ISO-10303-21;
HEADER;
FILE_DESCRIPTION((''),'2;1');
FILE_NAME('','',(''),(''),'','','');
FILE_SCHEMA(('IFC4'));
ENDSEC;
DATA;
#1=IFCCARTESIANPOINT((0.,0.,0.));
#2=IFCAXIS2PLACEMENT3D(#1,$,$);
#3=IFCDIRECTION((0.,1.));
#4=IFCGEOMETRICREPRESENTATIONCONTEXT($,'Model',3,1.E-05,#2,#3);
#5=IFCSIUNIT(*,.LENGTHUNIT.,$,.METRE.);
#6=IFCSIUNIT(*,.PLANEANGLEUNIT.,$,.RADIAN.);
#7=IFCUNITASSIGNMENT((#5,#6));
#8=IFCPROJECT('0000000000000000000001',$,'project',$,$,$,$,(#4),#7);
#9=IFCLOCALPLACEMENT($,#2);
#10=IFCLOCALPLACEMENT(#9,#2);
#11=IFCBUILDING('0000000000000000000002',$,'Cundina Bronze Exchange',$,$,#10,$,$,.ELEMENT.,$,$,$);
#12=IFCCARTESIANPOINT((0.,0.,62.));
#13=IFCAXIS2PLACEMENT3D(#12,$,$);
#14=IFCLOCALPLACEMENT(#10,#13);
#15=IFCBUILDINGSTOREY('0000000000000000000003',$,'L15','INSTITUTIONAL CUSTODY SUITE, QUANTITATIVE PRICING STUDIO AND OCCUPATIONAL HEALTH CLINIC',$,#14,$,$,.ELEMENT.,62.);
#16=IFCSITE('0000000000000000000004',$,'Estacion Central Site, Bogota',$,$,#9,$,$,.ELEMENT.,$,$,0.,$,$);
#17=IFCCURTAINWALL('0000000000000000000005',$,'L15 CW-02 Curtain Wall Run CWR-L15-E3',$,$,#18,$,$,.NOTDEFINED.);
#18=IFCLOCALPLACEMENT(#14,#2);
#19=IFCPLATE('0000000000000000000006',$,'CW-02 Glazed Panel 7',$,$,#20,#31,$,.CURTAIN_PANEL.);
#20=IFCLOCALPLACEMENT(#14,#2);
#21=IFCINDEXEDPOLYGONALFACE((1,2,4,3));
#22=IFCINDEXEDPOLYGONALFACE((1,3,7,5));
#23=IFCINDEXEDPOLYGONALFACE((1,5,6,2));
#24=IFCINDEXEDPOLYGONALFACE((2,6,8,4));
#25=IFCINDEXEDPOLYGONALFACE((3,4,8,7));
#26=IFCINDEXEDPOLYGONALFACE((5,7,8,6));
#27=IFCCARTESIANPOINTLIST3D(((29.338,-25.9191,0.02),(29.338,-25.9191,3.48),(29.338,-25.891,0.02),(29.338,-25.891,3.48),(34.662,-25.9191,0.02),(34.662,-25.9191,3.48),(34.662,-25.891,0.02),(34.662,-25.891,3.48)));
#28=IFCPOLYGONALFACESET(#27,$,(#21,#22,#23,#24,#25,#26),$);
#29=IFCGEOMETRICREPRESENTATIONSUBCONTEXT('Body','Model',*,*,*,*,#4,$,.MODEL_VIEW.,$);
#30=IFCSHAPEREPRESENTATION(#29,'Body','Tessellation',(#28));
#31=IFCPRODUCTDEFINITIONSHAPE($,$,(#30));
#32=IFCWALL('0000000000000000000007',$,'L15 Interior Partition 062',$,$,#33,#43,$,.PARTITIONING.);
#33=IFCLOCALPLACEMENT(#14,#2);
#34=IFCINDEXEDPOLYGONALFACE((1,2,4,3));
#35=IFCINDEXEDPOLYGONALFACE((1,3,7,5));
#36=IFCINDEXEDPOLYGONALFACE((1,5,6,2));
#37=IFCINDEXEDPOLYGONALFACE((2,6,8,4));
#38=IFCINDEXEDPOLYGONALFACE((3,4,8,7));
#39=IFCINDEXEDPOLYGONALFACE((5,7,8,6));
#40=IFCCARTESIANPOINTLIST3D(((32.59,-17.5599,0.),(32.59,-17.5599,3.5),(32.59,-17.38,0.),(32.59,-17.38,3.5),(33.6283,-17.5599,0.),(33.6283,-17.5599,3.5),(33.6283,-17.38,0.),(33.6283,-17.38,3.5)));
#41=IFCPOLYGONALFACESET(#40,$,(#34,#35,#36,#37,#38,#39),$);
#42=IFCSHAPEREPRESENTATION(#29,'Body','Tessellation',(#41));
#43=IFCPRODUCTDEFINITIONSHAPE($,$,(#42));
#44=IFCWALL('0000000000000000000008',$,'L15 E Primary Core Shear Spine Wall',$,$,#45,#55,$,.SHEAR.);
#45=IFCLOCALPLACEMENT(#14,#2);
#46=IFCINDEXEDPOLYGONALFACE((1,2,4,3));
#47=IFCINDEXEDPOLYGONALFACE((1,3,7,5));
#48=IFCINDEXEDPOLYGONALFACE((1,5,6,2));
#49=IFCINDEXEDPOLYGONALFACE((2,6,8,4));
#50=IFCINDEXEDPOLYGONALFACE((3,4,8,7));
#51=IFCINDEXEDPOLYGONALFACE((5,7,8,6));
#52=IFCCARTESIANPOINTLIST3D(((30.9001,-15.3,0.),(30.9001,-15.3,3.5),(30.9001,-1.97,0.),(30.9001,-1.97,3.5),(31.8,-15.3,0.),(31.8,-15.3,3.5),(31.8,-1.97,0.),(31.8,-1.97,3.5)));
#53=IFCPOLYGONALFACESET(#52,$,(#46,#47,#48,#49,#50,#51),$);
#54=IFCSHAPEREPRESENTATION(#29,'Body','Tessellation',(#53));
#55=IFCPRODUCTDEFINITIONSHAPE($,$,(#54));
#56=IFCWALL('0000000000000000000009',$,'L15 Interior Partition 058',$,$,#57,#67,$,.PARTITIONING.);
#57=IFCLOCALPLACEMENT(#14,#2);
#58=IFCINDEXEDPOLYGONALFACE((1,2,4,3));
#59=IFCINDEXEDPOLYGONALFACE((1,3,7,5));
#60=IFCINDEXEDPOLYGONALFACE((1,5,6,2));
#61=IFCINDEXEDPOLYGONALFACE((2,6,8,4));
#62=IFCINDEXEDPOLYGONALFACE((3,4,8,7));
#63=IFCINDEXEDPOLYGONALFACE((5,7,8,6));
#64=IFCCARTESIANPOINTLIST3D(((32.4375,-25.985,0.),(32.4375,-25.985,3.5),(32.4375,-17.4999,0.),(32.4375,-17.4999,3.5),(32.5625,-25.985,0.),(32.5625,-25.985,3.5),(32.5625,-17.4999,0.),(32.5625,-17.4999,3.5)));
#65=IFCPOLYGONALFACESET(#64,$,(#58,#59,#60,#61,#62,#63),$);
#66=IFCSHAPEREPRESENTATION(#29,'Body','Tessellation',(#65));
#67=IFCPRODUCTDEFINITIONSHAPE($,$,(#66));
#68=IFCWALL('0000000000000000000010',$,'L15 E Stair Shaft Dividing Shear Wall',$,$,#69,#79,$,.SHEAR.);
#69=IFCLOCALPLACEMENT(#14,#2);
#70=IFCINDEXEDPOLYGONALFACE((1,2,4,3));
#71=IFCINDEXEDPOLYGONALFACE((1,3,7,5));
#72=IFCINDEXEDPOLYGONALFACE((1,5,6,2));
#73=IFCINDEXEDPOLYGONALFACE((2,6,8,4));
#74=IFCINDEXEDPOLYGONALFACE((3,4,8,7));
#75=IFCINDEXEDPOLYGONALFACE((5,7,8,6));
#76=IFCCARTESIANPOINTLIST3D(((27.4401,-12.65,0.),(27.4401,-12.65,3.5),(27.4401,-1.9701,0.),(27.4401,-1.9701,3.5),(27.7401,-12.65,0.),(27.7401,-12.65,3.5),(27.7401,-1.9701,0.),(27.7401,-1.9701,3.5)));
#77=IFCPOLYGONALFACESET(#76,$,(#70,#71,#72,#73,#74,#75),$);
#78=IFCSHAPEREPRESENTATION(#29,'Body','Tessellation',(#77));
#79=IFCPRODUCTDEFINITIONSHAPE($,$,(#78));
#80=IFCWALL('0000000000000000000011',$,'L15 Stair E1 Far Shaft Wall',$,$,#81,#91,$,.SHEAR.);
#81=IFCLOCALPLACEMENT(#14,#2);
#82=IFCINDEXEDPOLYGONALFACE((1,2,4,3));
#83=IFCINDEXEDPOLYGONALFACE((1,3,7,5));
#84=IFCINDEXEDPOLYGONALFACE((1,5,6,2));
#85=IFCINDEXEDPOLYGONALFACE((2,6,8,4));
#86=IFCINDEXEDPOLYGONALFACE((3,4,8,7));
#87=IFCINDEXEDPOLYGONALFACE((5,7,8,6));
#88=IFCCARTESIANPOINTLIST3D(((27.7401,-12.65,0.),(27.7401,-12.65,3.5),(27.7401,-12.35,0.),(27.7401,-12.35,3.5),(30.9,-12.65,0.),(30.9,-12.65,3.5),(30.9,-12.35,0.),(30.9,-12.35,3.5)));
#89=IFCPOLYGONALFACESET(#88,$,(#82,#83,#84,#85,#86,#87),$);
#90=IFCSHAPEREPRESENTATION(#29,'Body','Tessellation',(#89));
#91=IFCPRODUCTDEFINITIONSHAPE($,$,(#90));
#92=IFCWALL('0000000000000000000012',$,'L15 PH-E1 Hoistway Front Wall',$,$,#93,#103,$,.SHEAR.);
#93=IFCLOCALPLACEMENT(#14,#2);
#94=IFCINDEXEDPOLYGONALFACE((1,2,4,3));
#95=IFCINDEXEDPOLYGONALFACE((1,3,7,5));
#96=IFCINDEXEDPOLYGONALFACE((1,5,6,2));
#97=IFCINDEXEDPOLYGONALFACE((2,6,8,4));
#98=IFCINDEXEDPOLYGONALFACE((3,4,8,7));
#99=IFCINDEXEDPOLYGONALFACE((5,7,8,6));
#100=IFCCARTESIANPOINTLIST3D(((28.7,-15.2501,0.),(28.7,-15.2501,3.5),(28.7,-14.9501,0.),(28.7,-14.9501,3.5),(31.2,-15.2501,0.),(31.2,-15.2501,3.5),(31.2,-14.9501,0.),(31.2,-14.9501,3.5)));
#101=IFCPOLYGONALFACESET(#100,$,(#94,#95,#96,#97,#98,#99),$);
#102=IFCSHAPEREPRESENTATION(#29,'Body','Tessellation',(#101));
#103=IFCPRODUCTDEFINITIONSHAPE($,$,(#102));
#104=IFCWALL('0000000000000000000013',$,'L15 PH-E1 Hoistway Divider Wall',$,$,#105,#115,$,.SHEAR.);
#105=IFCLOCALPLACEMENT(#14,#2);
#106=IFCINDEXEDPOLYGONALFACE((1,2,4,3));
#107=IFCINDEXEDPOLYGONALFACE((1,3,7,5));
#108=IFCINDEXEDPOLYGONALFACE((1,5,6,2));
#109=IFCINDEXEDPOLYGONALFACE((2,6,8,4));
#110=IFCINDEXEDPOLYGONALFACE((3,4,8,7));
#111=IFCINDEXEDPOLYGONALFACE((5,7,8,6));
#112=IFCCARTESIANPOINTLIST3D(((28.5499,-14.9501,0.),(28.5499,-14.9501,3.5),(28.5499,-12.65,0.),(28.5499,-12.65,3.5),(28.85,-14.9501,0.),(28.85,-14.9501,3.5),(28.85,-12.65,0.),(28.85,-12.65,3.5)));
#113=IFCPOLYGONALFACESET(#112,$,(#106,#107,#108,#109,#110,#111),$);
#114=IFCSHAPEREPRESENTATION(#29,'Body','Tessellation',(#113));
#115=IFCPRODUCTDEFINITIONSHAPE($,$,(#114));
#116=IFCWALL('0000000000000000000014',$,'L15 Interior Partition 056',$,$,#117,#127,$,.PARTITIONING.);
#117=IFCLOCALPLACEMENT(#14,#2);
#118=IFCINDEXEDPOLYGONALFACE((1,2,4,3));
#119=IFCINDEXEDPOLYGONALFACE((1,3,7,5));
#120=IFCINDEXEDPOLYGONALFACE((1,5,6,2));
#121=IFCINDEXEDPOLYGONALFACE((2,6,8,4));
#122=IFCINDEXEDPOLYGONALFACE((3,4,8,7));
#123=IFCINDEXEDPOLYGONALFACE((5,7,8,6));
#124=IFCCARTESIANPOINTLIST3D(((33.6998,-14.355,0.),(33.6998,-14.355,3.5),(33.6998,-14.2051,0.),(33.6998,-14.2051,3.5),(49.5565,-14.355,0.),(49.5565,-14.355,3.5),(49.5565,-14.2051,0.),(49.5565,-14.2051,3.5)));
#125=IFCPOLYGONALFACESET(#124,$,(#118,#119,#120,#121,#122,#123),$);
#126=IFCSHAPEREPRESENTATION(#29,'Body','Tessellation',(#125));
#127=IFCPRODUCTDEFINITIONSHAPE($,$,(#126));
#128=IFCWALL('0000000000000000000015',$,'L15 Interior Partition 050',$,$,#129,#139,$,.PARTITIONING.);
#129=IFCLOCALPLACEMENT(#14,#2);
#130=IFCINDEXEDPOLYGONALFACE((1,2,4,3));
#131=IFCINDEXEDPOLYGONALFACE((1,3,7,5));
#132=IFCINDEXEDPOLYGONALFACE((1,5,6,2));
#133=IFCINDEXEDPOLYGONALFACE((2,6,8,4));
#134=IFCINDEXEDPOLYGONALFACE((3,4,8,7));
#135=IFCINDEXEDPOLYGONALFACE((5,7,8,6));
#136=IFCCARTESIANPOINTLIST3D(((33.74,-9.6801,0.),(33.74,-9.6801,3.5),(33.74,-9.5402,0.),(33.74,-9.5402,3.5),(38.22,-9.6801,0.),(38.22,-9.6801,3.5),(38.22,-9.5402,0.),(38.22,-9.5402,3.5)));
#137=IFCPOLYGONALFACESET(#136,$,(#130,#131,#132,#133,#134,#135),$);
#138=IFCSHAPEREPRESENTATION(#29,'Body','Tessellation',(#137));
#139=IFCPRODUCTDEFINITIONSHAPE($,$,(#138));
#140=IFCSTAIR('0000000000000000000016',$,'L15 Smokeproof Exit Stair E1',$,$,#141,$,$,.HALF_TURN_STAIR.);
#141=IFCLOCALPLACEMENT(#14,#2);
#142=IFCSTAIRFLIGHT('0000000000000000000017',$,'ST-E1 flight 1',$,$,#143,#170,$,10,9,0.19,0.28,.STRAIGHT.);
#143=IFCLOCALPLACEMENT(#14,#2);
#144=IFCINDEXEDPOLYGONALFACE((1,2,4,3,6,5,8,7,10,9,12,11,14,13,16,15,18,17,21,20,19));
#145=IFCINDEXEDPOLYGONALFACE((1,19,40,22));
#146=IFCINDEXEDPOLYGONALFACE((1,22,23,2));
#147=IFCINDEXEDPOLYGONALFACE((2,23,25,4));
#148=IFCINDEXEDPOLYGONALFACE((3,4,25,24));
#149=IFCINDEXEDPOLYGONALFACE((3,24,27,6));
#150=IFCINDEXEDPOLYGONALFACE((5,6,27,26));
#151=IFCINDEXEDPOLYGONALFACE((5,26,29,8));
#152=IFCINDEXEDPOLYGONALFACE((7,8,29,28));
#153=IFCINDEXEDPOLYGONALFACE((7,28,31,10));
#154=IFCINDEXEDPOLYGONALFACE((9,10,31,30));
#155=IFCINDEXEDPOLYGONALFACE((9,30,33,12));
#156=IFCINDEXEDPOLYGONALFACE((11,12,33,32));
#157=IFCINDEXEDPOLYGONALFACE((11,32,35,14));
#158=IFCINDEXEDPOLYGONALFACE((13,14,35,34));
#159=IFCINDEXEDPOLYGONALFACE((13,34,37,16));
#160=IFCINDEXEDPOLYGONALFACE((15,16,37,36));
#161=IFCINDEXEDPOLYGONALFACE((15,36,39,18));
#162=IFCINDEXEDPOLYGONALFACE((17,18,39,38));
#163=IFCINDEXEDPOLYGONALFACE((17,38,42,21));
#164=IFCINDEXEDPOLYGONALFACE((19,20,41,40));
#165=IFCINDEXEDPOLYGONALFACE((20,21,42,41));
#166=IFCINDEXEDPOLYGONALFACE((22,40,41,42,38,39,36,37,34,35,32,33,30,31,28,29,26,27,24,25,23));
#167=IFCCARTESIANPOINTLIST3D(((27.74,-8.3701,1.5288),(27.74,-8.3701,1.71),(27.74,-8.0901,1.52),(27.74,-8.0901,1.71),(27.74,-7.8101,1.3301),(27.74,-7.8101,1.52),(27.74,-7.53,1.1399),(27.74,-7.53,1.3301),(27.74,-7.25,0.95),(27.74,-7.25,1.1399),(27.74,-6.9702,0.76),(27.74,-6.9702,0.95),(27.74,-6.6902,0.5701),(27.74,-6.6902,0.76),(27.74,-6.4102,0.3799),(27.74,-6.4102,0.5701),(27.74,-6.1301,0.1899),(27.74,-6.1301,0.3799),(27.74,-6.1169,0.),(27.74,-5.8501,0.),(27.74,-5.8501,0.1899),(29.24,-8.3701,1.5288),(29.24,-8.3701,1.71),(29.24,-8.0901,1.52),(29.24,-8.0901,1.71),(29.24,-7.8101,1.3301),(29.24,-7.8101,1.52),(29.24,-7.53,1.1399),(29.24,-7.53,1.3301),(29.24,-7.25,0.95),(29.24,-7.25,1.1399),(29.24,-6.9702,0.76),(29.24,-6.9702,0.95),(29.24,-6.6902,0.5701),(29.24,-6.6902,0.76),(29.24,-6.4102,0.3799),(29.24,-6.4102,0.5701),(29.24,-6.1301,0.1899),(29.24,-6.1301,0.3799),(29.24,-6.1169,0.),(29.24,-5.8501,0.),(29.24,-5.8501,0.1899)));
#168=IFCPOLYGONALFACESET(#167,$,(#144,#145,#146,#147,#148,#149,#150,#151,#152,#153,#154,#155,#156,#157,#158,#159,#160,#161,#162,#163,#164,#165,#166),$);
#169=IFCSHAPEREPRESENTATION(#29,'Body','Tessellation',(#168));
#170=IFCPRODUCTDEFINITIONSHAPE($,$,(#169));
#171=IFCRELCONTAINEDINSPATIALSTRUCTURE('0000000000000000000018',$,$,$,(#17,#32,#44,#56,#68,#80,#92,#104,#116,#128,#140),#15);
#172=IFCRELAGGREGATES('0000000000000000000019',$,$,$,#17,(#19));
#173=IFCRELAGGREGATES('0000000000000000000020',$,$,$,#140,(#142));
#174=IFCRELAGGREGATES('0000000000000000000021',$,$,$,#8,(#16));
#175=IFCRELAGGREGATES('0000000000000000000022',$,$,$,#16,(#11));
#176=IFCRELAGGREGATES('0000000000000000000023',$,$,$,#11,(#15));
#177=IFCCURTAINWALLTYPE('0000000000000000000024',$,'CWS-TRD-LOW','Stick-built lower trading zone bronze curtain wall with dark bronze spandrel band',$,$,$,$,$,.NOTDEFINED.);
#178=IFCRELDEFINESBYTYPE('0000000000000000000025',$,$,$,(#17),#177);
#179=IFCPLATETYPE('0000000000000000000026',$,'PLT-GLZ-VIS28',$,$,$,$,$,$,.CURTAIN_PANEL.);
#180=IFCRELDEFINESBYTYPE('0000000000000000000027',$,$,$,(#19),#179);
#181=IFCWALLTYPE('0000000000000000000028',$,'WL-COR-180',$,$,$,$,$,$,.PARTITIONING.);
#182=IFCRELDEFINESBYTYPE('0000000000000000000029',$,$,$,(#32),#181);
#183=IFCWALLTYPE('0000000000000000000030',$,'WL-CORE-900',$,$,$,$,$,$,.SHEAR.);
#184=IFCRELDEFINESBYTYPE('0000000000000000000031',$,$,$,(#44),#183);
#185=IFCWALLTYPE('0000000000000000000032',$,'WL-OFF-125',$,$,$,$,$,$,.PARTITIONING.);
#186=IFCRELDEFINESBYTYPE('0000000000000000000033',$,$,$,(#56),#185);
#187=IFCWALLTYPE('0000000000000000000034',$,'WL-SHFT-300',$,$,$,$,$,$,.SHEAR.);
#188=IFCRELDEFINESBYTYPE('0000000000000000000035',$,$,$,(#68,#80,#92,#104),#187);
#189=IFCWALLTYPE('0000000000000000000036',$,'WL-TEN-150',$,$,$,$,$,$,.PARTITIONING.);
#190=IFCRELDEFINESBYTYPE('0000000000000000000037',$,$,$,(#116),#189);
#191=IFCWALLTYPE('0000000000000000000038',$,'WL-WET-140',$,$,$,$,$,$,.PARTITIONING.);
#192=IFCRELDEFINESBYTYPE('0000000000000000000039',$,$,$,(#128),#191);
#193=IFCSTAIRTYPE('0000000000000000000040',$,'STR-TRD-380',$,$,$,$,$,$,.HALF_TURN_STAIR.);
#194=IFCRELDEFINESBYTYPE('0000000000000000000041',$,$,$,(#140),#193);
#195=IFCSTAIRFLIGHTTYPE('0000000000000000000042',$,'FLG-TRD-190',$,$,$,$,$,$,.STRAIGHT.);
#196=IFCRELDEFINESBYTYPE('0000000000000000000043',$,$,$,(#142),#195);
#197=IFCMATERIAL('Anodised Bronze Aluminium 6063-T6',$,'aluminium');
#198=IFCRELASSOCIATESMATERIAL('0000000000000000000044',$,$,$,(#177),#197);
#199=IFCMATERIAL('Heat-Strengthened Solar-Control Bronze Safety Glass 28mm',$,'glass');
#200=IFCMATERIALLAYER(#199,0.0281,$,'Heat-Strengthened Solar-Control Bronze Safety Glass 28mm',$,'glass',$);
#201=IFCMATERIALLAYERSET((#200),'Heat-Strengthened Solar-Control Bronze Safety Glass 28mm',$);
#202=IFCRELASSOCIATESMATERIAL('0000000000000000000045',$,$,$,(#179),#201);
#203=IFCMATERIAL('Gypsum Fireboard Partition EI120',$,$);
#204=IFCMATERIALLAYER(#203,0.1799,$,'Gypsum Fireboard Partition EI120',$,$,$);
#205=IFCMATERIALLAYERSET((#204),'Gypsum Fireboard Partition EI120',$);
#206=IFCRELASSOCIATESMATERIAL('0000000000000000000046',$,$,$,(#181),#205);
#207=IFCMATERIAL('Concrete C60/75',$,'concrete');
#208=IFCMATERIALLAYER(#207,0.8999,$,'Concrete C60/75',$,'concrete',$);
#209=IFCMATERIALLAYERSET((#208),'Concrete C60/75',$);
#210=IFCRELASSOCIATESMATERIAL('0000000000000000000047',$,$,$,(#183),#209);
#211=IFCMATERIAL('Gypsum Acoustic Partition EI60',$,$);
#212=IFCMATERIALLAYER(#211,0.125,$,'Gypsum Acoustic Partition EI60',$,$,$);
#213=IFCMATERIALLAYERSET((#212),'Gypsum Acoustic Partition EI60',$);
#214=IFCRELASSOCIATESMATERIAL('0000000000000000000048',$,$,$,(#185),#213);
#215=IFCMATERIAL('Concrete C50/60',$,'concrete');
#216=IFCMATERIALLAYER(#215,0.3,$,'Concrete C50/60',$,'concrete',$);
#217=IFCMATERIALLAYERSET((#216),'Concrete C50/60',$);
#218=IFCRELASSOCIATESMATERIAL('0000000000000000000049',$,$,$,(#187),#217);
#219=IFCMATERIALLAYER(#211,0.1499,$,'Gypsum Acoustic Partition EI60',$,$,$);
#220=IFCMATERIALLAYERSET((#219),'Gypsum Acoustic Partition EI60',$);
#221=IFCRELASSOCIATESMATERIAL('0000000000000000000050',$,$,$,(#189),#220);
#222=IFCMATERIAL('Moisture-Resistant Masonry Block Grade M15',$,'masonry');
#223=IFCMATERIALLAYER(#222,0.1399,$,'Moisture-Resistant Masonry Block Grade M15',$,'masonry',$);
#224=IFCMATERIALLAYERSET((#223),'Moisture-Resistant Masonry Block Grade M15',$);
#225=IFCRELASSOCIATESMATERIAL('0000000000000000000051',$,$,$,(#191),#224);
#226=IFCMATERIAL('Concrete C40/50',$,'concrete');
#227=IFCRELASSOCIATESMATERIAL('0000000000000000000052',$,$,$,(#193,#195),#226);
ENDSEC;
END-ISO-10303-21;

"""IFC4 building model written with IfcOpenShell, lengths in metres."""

from ifc_helpers import new_model, si_unit, direction, frame, frame_2d, origin, origin_2d, place, context, subcontext, project, spatial, polyline, rectangle, outline, extrude, material, layer, layer_set, type_object, element, aggregate, save


model = new_model("IFC4")

# Units and contexts
model_context = context("Model", 3, precision=1e-05, world=origin(), true_north=direction((0.0, 1.0)))
body_context = subcontext(model_context, "Body", "Model", "MODEL_VIEW")
ifc_project = project(units=[si_unit("LENGTHUNIT", "METRE"), si_unit("PLANEANGLEUNIT", "RADIAN")], contexts=[model_context])

# Site, building, storey
site_placement = place(None, origin())
site = spatial("IfcSite", under=ifc_project, at=site_placement, Name="Estacion Central Site, Bogota", CompositionType="ELEMENT", RefElevation=0.0)
building_placement = place(site_placement, origin())
building = spatial("IfcBuilding", under=site, at=building_placement, Name="Cundina Bronze Exchange", CompositionType="ELEMENT")
storey_placement = place(building_placement, frame((0.0, 0.0, 62.0)))
storey = spatial("IfcBuildingStorey", under=building, at=storey_placement, Name="L15", Description="INSTITUTIONAL CUSTODY SUITE, QUANTITATIVE PRICING STUDIO AND OCCUPATIONAL HEALTH CLINIC", CompositionType="ELEMENT", Elevation=62.0)

# Shared definitions
ifc_material_1 = material(Name="Concrete C60/75", Category="concrete")

# Curtain wall, plate
ifc_material_2 = material(Name="Anodised Bronze Aluminium 6063-T6", Category="aluminium")
curtain_wall_type = type_object("IfcCurtainWallType", Name="CWS-TRD-LOW", Description="Stick-built lower trading zone bronze curtain wall with dark bronze spandrel band", PredefinedType="NOTDEFINED", material=ifc_material_2)
curtain_wall_placement = place(storey_placement, origin())
curtain_wall = element("IfcCurtainWall", 1, at=curtain_wall_placement, inside=storey, type_object=curtain_wall_type, Name="L15 CW-02 Curtain Wall Run CWR-L15-E3", PredefinedType="NOTDEFINED")
ifc_material_3 = material(Name="Heat-Strengthened Solar-Control Bronze Safety Glass 28mm", Category="glass")
ifc_layer_1 = layer(ifc_material_3, 0.0281, Name="Heat-Strengthened Solar-Control Bronze Safety Glass 28mm", Category="glass")
ifc_layer_set_1 = layer_set([ifc_layer_1], Name="Heat-Strengthened Solar-Control Bronze Safety Glass 28mm")
plate_type = type_object("IfcPlateType", Name="PLT-GLZ-VIS28", PredefinedType="CURTAIN_PANEL", material=ifc_layer_set_1)
plate_placement = place(storey_placement, frame((32.0, -25.905, 0.02), z_axis=(0.0, 0.0, 1.0), x_axis=(1.0, 0.0, 0.0)))
plate = element("IfcPlate", 2, at=plate_placement, type_object=plate_type, Name="CW-02 Glazed Panel 7", PredefinedType="CURTAIN_PANEL", context=body_context, shape_type="SweptSolid", body=[
    extrude(rectangle(XDim=5.324, YDim=0.0281, at=origin_2d()), origin(), (0.0, 0.0, 1.0), 3.46),
])
aggregate(curtain_wall, [plate])

# Shared definitions
ifc_material_4 = material(Name="Gypsum Fireboard Partition EI120")
ifc_layer_2 = layer(ifc_material_4, 0.1799, Name="Gypsum Fireboard Partition EI120")
ifc_layer_set_2 = layer_set([ifc_layer_2], Name="Gypsum Fireboard Partition EI120")
wall_type_1 = type_object("IfcWallType", Name="WL-COR-180", PredefinedType="PARTITIONING", material=ifc_layer_set_2)

# Wall
wall_1_placement = place(storey_placement, frame((32.5901, -17.47, 0.0), z_axis=(0.0, 0.0, 1.0), x_axis=(1.0, 0.0, 0.0)))
element("IfcWall", 3, at=wall_1_placement, inside=storey, type_object=wall_type_1, Name="L15 Interior Partition 062", PredefinedType="PARTITIONING", context=body_context, shape_type="SweptSolid", body=[
    extrude(rectangle(XDim=1.0383, YDim=0.1799, at=frame_2d((0.519, 0.0))), origin(), (0.0, 0.0, 1.0), 3.5),
])

# Walls
ifc_layer_3 = layer(ifc_material_1, 0.8999, Name="Concrete C60/75", Category="concrete")
ifc_layer_set_3 = layer_set([ifc_layer_3], Name="Concrete C60/75")
wall_type_2 = type_object("IfcWallType", Name="WL-CORE-900", PredefinedType="SHEAR", material=ifc_layer_set_3)
wall_2_placement = place(storey_placement, frame((31.3501, -15.3, 0.0), z_axis=(0.0, 0.0, 1.0), x_axis=(0.0, 1.0, 0.0)))
element("IfcWall", 4, at=wall_2_placement, inside=storey, type_object=wall_type_2, Name="L15 E Primary Core Shear Spine Wall", PredefinedType="SHEAR", context=body_context, shape_type="SweptSolid", body=[
    extrude(rectangle(XDim=13.3301, YDim=0.8999, at=frame_2d((6.665, 0.0))), origin(), (0.0, 0.0, 1.0), 3.5),
])
ifc_material_5 = material(Name="Gypsum Acoustic Partition EI60")
ifc_layer_4 = layer(ifc_material_5, 0.125, Name="Gypsum Acoustic Partition EI60")
ifc_layer_set_4 = layer_set([ifc_layer_4], Name="Gypsum Acoustic Partition EI60")
wall_type_3 = type_object("IfcWallType", Name="WL-OFF-125", PredefinedType="PARTITIONING", material=ifc_layer_set_4)
wall_3_placement = place(storey_placement, frame((32.5, -25.9851, 0.0), z_axis=(0.0, 0.0, 1.0), x_axis=(0.0, 1.0, 0.0)))
element("IfcWall", 5, at=wall_3_placement, inside=storey, type_object=wall_type_3, Name="L15 Interior Partition 058", PredefinedType="PARTITIONING", context=body_context, shape_type="SweptSolid", body=[
    extrude(rectangle(XDim=8.4851, YDim=0.125, at=frame_2d((4.2427, 0.0))), origin(), (0.0, 0.0, 1.0), 3.5),
])
ifc_material_6 = material(Name="Concrete C50/60", Category="concrete")
ifc_layer_5 = layer(ifc_material_6, 0.3, Name="Concrete C50/60", Category="concrete")
ifc_layer_set_5 = layer_set([ifc_layer_5], Name="Concrete C50/60")
wall_type_4 = type_object("IfcWallType", Name="WL-SHFT-300", PredefinedType="SHEAR", material=ifc_layer_set_5)
wall_4_placement = place(storey_placement, frame((27.5901, -12.6499, 0.0), z_axis=(0.0, 0.0, 1.0), x_axis=(0.0, 1.0, 0.0)))
element("IfcWall", 6, at=wall_4_placement, inside=storey, type_object=wall_type_4, Name="L15 E Stair Shaft Dividing Shear Wall", PredefinedType="SHEAR", context=body_context, shape_type="SweptSolid", body=[
    extrude(rectangle(XDim=10.6799, YDim=0.3, at=frame_2d((5.3398, 0.0))), origin(), (0.0, 0.0, 1.0), 3.5),
])
wall_5_placement = place(storey_placement, frame((27.74, -12.5, 0.0), z_axis=(0.0, 0.0, 1.0), x_axis=(1.0, 0.0, 0.0)))
element("IfcWall", 7, at=wall_5_placement, inside=storey, type_object=wall_type_4, Name="L15 Stair E1 Far Shaft Wall", PredefinedType="SHEAR", context=body_context, shape_type="SweptSolid", body=[
    extrude(rectangle(XDim=3.1599, YDim=0.3, at=frame_2d((1.5801, 0.0))), origin(), (0.0, 0.0, 1.0), 3.5),
])
wall_6_placement = place(storey_placement, frame((28.7, -15.1001, 0.0), z_axis=(0.0, 0.0, 1.0), x_axis=(1.0, 0.0, 0.0)))
element("IfcWall", 8, at=wall_6_placement, inside=storey, type_object=wall_type_4, Name="L15 PH-E1 Hoistway Front Wall", PredefinedType="SHEAR", context=body_context, shape_type="SweptSolid", body=[
    extrude(rectangle(XDim=2.5, YDim=0.3, at=frame_2d((1.25, 0.0))), origin(), (0.0, 0.0, 1.0), 3.5),
])
wall_7_placement = place(storey_placement, frame((28.7, -14.95, 0.0), z_axis=(0.0, 0.0, 1.0), x_axis=(0.0, 1.0, 0.0)))
element("IfcWall", 9, at=wall_7_placement, inside=storey, type_object=wall_type_4, Name="L15 PH-E1 Hoistway Divider Wall", PredefinedType="SHEAR", context=body_context, shape_type="SweptSolid", body=[
    extrude(rectangle(XDim=2.3, YDim=0.3, at=frame_2d((1.1499, 0.0))), origin(), (0.0, 0.0, 1.0), 3.5),
])
ifc_layer_6 = layer(ifc_material_5, 0.1499, Name="Gypsum Acoustic Partition EI60")
ifc_layer_set_6 = layer_set([ifc_layer_6], Name="Gypsum Acoustic Partition EI60")
wall_type_5 = type_object("IfcWallType", Name="WL-TEN-150", PredefinedType="PARTITIONING", material=ifc_layer_set_6)
wall_8_placement = place(storey_placement, frame((33.7, -14.28, 0.0), z_axis=(0.0, 0.0, 1.0), x_axis=(1.0, 0.0, 0.0)))
element("IfcWall", 10, at=wall_8_placement, inside=storey, type_object=wall_type_5, Name="L15 Interior Partition 056", PredefinedType="PARTITIONING", context=body_context, shape_type="SweptSolid", body=[
    extrude(rectangle(XDim=15.8567, YDim=0.1499, at=frame_2d((7.9282, 0.0))), origin(), (0.0, 0.0, 1.0), 3.5),
])
ifc_material_7 = material(Name="Moisture-Resistant Masonry Block Grade M15", Category="masonry")
ifc_layer_7 = layer(ifc_material_7, 0.1399, Name="Moisture-Resistant Masonry Block Grade M15", Category="masonry")
ifc_layer_set_7 = layer_set([ifc_layer_7], Name="Moisture-Resistant Masonry Block Grade M15")
wall_type_6 = type_object("IfcWallType", Name="WL-WET-140", PredefinedType="PARTITIONING", material=ifc_layer_set_7)
wall_9_placement = place(storey_placement, frame((33.74, -9.6101, 0.0), z_axis=(0.0, 0.0, 1.0), x_axis=(1.0, 0.0, 0.0)))
element("IfcWall", 11, at=wall_9_placement, inside=storey, type_object=wall_type_6, Name="L15 Interior Partition 050", PredefinedType="PARTITIONING", context=body_context, shape_type="SweptSolid", body=[
    extrude(rectangle(XDim=4.48, YDim=0.1399, at=frame_2d((2.24, 0.0))), origin(), (0.0, 0.0, 1.0), 3.5),
])

# Stair, stair flight
ifc_material_8 = material(Name="Concrete C40/50", Category="concrete")
stair_type = type_object("IfcStairType", Name="STR-TRD-380", PredefinedType="HALF_TURN_STAIR", material=ifc_material_8)
stair_placement = place(storey_placement, origin())
stair = element("IfcStair", 12, at=stair_placement, inside=storey, type_object=stair_type, Name="L15 Smokeproof Exit Stair E1", PredefinedType="HALF_TURN_STAIR")
stair_flight_type = type_object("IfcStairFlightType", Name="FLG-TRD-190", PredefinedType="STRAIGHT", material=ifc_material_8)
stair_flight_1_placement = place(storey_placement, frame((28.49, -5.8501, 0.0), z_axis=(0.0, 0.0, 1.0), x_axis=(0.0, -1.0, 0.0)))
stair_flight_1 = element("IfcStairFlight", 13, at=stair_flight_1_placement, type_object=stair_flight_type, Name="ST-E1 flight 1", NumberOfRisers=10, NumberOfTreads=9, PredefinedType="STRAIGHT", RiserHeight=0.19, TreadLength=0.28, context=body_context, shape_type="SweptSolid", body=[
    extrude(outline(polyline([(0.0, 0.0), (0.0, 0.1899), (0.28, 0.1899), (0.28, 0.3799), (0.5601, 0.3799), (0.5601, 0.5701), (0.8401, 0.5701), (0.8401, 0.76), (1.1201, 0.76), (1.1201, 0.95), (1.3999, 0.95), (1.3999, 1.1399), (1.6799, 1.1399), (1.6799, 1.3301), (1.96, 1.3301), (1.96, 1.52), (2.24, 1.52), (2.24, 1.71), (2.52, 1.71), (2.52, 1.8999), (2.52, 1.5288), (0.2668, 0.0), (0.0, 0.0)])), frame((0.0, 0.75, 0.0), z_axis=(0.0, -1.0, 0.0), x_axis=(1.0, 0.0, 0.0)), (0.0, 0.0, 1.0), 1.5),
])
aggregate(stair, [stair_flight_1])

save(model, "model.ifc")
